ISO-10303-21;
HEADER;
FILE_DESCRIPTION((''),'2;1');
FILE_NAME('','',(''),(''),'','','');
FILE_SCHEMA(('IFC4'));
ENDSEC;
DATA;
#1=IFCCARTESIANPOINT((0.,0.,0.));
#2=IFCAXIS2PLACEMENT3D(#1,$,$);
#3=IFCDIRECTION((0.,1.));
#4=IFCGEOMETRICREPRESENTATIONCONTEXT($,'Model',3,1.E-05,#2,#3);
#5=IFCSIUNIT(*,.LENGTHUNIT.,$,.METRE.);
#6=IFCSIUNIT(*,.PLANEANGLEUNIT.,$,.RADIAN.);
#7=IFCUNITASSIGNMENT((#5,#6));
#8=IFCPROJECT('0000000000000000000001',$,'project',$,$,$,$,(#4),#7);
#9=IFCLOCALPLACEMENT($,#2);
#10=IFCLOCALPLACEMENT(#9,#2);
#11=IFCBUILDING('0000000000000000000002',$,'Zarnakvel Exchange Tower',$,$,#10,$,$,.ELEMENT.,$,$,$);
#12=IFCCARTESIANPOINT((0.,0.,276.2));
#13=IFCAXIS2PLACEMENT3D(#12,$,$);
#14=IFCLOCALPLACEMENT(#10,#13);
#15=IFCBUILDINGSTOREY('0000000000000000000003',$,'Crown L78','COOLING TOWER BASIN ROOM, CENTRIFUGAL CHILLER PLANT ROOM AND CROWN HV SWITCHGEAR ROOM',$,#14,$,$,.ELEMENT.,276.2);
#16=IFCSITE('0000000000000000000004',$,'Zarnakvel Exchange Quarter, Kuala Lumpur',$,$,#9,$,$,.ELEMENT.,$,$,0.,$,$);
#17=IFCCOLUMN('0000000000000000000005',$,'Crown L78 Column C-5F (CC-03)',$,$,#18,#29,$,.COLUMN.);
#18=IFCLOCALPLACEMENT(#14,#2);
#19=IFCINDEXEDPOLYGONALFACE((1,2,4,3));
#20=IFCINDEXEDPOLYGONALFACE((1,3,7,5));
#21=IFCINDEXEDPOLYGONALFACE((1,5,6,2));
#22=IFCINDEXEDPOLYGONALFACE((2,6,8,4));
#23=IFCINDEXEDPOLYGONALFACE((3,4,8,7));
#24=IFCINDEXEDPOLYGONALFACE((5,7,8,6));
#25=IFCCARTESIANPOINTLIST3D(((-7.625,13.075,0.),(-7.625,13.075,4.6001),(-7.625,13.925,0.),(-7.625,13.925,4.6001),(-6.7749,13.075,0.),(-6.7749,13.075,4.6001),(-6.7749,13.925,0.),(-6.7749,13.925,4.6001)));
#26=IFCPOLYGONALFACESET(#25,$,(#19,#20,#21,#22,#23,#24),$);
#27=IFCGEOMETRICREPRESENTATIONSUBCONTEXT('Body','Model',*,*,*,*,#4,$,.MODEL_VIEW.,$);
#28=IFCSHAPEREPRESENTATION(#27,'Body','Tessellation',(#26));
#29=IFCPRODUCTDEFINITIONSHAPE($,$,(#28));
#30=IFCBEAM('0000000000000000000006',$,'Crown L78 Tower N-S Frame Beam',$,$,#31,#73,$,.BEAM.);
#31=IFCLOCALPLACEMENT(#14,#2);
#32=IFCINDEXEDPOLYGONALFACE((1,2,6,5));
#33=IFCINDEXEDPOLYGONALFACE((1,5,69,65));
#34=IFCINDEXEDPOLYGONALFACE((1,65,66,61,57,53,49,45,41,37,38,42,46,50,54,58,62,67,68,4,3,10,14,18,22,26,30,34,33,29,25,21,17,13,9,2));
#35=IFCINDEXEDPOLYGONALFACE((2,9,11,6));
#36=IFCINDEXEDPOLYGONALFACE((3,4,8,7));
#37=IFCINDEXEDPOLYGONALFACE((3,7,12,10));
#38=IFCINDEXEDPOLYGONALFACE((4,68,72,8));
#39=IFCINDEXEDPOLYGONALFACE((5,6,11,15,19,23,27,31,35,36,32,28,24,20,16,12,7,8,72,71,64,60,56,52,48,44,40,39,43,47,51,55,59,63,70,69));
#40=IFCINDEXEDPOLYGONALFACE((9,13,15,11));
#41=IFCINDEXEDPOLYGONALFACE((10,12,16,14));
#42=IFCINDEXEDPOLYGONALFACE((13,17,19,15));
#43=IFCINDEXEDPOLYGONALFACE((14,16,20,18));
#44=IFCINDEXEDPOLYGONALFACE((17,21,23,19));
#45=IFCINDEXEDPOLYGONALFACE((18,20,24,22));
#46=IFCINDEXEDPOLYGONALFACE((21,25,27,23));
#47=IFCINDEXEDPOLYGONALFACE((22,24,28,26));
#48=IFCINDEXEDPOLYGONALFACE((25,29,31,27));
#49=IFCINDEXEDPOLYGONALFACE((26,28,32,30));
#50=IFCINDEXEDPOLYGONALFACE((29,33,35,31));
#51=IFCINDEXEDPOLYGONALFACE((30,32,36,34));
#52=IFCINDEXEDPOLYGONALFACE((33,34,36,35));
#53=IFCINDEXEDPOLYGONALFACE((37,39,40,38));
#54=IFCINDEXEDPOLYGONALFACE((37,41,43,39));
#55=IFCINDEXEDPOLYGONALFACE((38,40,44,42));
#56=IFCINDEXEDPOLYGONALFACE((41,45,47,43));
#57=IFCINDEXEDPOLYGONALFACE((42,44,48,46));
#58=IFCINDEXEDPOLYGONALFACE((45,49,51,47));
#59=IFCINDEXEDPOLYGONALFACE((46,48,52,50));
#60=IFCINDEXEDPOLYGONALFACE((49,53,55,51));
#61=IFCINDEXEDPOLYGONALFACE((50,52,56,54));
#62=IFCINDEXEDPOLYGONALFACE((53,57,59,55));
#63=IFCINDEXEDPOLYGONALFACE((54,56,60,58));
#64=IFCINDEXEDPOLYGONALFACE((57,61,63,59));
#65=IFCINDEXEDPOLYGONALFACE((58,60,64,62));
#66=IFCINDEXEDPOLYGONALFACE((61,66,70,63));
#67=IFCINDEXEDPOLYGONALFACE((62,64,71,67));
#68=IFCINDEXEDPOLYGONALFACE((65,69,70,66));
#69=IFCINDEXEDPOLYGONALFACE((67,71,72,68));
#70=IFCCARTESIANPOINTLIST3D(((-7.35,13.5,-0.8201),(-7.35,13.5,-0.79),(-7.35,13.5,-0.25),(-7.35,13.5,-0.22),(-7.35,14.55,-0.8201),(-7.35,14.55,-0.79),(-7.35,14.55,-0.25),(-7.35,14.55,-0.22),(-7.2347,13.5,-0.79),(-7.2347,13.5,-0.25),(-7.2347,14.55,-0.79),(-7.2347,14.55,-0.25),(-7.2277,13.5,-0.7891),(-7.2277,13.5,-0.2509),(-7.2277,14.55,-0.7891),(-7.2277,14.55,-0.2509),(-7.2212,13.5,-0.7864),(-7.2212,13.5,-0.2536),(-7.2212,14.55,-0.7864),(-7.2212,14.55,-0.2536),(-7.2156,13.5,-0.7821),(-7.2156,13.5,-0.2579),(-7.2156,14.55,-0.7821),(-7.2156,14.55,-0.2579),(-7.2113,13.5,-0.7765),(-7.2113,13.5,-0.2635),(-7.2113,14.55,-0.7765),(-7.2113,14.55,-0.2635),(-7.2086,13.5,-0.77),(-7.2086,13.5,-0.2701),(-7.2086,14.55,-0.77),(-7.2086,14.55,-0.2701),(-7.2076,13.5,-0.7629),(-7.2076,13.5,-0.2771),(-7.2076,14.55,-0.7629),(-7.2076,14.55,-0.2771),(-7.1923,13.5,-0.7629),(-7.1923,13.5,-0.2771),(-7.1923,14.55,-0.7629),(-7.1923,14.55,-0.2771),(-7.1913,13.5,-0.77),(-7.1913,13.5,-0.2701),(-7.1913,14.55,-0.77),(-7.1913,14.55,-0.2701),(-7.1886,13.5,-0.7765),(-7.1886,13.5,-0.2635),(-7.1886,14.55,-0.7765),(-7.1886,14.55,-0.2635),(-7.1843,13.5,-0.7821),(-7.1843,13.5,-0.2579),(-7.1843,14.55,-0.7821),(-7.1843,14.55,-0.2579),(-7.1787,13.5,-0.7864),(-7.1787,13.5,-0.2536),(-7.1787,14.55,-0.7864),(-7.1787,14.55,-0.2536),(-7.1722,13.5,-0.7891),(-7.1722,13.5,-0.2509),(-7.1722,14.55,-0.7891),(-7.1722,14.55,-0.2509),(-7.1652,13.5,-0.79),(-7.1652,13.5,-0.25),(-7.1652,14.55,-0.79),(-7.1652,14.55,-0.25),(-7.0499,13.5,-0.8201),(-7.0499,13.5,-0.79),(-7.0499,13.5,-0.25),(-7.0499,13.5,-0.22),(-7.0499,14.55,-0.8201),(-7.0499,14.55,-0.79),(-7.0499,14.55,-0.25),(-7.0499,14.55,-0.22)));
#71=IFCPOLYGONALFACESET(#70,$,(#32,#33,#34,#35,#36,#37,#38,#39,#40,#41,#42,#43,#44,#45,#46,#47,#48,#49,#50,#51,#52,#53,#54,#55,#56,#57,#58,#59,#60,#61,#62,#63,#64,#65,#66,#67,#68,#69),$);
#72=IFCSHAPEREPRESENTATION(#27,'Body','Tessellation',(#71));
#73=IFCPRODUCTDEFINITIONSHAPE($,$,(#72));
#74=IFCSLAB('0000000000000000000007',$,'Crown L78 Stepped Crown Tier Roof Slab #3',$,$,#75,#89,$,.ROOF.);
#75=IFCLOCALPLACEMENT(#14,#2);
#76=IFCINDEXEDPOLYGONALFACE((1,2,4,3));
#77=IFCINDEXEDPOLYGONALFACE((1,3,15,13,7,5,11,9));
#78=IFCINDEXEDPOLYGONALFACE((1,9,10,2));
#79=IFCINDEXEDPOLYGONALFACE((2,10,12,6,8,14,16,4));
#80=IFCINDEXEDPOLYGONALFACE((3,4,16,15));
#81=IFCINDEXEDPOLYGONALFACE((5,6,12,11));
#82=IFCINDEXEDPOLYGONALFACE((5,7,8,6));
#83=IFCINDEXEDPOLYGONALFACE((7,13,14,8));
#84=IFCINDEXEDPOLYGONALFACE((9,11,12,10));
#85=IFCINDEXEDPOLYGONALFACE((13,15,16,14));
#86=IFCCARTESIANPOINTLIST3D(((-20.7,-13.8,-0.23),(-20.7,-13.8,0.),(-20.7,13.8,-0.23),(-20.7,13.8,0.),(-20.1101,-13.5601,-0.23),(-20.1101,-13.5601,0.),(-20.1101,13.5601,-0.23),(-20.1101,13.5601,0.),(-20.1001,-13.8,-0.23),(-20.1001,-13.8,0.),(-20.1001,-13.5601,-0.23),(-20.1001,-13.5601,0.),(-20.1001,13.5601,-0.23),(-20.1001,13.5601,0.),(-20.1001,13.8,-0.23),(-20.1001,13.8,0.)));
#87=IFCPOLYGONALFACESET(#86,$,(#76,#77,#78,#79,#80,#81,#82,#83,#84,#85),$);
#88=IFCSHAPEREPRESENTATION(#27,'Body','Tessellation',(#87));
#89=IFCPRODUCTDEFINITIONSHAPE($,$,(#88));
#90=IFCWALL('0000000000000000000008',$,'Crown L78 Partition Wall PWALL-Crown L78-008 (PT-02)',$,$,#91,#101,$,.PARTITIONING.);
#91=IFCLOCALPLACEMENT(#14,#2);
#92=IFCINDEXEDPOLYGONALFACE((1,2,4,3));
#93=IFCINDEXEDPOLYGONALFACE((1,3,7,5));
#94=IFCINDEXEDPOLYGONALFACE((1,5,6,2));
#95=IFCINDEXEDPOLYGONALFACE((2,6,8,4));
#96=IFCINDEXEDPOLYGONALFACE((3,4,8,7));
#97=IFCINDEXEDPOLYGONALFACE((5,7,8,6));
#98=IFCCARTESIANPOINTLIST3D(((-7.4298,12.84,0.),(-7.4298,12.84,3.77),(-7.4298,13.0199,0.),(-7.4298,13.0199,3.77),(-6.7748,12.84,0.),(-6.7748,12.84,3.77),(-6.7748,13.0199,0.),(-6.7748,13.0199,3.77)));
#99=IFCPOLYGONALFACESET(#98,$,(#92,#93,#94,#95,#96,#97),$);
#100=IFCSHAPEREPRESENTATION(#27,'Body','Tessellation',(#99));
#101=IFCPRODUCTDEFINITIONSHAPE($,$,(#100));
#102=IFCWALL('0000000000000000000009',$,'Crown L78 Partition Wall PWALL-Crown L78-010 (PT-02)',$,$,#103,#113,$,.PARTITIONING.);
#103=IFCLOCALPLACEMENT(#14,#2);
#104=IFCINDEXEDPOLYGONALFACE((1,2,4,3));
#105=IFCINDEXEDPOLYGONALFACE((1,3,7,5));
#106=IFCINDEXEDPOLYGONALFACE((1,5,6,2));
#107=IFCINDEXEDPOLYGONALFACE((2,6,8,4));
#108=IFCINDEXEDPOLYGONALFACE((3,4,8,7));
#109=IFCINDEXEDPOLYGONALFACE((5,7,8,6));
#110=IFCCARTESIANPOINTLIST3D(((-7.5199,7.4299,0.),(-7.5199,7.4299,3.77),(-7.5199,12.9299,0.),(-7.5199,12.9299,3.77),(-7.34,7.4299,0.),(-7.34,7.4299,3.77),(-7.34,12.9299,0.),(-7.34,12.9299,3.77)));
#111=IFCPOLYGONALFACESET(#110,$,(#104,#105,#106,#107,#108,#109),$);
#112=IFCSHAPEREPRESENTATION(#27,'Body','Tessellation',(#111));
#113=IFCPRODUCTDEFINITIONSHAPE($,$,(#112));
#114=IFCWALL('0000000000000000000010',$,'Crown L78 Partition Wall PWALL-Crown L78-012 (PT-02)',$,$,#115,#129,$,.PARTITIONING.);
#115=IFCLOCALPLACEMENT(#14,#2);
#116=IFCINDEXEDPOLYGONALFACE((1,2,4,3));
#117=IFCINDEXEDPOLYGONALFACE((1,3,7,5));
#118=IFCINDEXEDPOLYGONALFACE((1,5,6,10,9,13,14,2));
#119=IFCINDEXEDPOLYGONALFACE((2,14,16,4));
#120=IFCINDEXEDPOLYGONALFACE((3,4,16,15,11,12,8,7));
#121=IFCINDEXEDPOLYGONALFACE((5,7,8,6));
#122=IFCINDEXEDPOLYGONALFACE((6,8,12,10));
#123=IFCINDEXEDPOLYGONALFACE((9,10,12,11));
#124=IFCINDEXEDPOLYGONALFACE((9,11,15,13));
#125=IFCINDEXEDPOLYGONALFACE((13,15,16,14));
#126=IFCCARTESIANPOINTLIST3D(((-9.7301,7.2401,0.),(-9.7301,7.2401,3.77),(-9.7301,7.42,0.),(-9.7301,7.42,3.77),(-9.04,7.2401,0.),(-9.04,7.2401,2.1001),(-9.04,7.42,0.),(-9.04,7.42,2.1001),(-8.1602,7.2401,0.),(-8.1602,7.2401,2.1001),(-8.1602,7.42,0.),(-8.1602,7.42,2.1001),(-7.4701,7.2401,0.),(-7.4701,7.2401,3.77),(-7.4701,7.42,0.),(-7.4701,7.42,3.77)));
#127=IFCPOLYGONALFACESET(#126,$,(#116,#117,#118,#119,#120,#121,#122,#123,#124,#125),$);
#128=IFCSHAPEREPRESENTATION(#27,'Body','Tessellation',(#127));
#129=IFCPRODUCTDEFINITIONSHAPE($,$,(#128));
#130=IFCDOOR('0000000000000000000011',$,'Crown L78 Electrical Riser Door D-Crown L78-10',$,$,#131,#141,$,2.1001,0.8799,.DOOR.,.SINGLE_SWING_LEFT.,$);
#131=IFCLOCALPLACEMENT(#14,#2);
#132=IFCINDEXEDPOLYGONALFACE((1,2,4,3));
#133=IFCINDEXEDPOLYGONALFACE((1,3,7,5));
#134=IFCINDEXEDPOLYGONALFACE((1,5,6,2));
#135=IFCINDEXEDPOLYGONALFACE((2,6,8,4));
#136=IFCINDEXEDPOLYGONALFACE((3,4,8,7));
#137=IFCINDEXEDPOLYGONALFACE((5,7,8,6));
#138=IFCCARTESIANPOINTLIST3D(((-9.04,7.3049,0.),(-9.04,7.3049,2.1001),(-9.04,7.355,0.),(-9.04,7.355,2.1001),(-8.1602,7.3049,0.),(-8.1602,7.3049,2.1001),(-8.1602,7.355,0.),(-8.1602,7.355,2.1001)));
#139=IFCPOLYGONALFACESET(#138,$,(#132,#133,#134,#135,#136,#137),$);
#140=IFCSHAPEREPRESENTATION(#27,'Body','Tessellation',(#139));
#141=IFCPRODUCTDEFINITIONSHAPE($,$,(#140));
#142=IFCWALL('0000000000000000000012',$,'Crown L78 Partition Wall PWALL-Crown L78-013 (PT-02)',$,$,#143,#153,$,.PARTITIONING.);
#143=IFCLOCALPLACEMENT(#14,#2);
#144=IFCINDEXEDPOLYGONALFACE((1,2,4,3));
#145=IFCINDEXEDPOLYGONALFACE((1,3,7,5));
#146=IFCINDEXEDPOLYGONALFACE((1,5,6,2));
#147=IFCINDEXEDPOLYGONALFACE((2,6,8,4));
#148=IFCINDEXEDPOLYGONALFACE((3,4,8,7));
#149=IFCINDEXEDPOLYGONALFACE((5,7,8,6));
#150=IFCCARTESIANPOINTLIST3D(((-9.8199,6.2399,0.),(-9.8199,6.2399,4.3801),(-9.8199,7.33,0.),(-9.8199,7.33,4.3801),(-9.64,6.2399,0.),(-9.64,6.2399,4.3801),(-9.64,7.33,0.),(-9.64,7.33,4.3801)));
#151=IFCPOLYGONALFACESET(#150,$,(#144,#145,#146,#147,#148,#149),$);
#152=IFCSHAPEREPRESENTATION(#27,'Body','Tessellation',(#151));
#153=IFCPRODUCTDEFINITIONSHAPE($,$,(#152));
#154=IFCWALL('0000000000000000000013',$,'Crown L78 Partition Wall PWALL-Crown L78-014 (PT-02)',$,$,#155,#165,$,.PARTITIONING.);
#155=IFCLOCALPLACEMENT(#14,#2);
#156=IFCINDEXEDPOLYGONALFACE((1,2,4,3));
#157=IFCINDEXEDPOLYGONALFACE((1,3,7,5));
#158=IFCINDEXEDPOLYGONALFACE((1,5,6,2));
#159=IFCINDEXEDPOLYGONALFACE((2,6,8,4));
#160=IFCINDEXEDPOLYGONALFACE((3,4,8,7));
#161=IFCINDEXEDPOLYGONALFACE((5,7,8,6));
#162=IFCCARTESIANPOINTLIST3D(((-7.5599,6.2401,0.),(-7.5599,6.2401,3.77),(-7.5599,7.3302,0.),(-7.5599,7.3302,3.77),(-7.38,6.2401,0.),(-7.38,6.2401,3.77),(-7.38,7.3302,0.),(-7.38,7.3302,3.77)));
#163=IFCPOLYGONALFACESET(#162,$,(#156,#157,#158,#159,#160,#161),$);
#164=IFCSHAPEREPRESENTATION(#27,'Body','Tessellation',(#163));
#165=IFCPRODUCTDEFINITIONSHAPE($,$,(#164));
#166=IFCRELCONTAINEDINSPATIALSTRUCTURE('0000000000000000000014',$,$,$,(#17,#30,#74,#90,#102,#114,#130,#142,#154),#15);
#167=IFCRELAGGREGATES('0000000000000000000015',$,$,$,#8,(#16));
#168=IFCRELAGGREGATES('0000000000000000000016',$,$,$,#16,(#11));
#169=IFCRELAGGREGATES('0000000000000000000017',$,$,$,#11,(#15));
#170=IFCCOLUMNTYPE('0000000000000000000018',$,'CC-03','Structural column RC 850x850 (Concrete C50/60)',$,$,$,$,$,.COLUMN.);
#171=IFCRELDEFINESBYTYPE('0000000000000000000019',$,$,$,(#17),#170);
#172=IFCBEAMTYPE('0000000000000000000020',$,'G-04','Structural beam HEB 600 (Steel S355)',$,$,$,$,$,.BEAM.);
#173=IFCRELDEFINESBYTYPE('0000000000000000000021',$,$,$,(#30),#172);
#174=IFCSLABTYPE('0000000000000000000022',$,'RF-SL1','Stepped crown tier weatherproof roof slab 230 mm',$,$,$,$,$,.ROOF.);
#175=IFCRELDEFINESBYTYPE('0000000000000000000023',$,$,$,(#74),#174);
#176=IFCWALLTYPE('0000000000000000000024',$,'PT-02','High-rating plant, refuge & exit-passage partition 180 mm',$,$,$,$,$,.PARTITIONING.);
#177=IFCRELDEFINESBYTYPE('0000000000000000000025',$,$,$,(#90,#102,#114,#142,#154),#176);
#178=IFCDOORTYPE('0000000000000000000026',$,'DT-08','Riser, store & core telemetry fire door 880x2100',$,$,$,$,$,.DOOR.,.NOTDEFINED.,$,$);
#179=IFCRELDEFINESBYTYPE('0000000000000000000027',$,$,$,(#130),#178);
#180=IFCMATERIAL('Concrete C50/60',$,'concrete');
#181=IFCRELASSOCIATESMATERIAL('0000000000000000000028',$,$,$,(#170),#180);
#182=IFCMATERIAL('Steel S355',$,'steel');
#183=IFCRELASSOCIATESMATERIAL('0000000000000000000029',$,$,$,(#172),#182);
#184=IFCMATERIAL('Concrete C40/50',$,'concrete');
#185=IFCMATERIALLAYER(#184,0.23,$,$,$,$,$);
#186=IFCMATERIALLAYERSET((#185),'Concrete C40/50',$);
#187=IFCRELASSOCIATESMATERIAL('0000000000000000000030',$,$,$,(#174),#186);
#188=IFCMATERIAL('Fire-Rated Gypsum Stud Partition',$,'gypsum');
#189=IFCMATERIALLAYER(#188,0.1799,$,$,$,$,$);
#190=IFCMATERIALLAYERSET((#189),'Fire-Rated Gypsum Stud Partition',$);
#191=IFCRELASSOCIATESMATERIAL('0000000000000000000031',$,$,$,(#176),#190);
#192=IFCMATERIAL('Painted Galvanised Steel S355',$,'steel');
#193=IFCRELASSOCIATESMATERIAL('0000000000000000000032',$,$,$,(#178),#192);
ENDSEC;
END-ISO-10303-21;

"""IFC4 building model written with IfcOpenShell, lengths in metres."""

from ifc_helpers import new_model, si_unit, direction, frame, frame_2d, origin, origin_2d, place, context, subcontext, project, spatial, polyline, rectangle, i_section, outline, extrude, source, transform, mapped, material, layer, layer_set, material_profile, profile_set, type_object, element, fill, save


model = new_model("IFC4")

# Units and contexts
model_context = context("Model", 3, precision=1e-05, world=origin(), true_north=direction((0.0, 1.0)))
body_context = subcontext(model_context, "Body", "Model", "MODEL_VIEW")
ifc_project = project(units=[si_unit("LENGTHUNIT", "METRE"), si_unit("PLANEANGLEUNIT", "RADIAN")], contexts=[model_context])

# Site, building, storey
site_placement = place(None, origin())
site = spatial("IfcSite", under=ifc_project, at=site_placement, Name="Zarnakvel Exchange Quarter, Kuala Lumpur", CompositionType="ELEMENT", RefElevation=0.0)
building_placement = place(site_placement, origin())
building = spatial("IfcBuilding", under=site, at=building_placement, Name="Zarnakvel Exchange Tower", CompositionType="ELEMENT")
storey_placement = place(building_placement, frame((0.0, 0.0, 276.2)))
storey = spatial("IfcBuildingStorey", under=building, at=storey_placement, Name="Crown L78", Description="COOLING TOWER BASIN ROOM, CENTRIFUGAL CHILLER PLANT ROOM AND CROWN HV SWITCHGEAR ROOM", CompositionType="ELEMENT", Elevation=276.2)

# Column
ifc_material_1 = material(Name="Concrete C50/60", Category="concrete")
ifc_material_profile_1 = material_profile(ifc_material_1, rectangle(XDim=0.8501, YDim=0.8501, at=origin_2d()))
ifc_profile_set_1 = profile_set([ifc_material_profile_1], Name="Concrete C50/60")
column_type = type_object("IfcColumnType", Name="CC-03", Description="Structural column RC 850x850 (Concrete C50/60)", PredefinedType="COLUMN", material=ifc_profile_set_1)
column_placement = place(storey_placement, frame((-7.2, 13.5, 0.0), z_axis=(0.0, 0.0, 1.0), x_axis=(1.0, 0.0, 0.0)))
element("IfcColumn", 1, at=column_placement, inside=storey, type_object=column_type, Name="Crown L78 Column C-5F (CC-03)", PredefinedType="COLUMN", context=body_context, shape_type="SweptSolid", body=[
    extrude(rectangle(XDim=0.8501, YDim=0.8501, at=origin_2d()), origin(), (0.0, 0.0, 1.0), 4.6001),
])

# Beam
ifc_material_2 = material(Name="Steel S355", Category="steel")
ifc_material_profile_2 = material_profile(ifc_material_2, i_section(OverallWidth=0.3, OverallDepth=0.6001, WebThickness=0.0154, FlangeThickness=0.03, FilletRadius=0.0271, at=origin_2d()))
ifc_profile_set_2 = profile_set([ifc_material_profile_2], Name="Steel S355")
beam_type = type_object("IfcBeamType", Name="G-04", Description="Structural beam HEB 600 (Steel S355)", PredefinedType="BEAM", material=ifc_profile_set_2)
beam_placement = place(storey_placement, frame((-7.2, 13.5, -0.52), z_axis=(0.0, 1.0, 0.0), x_axis=(-1.0, 0.0, 0.0)))
element("IfcBeam", 2, at=beam_placement, inside=storey, type_object=beam_type, Name="Crown L78 Tower N-S Frame Beam", PredefinedType="BEAM", context=body_context, shape_type="SweptSolid", body=[
    extrude(i_section(OverallWidth=0.3, OverallDepth=0.6001, WebThickness=0.0154, FlangeThickness=0.03, FilletRadius=0.0271, at=origin_2d()), origin(), (0.0, 0.0, 1.0), 1.05),
])

# Slab
ifc_material_3 = material(Name="Concrete C40/50", Category="concrete")
ifc_layer_1 = layer(ifc_material_3, 0.23)
ifc_layer_set_1 = layer_set([ifc_layer_1], Name="Concrete C40/50")
slab_type = type_object("IfcSlabType", Name="RF-SL1", Description="Stepped crown tier weatherproof roof slab 230 mm", PredefinedType="ROOF", material=ifc_layer_set_1)
slab_placement = place(storey_placement, frame((0.0, 0.0, -0.23)))
element("IfcSlab", 3, at=slab_placement, inside=storey, type_object=slab_type, Name="Crown L78 Stepped Crown Tier Roof Slab #3", PredefinedType="ROOF", context=body_context, shape_type="SweptSolid", body=[
    extrude(outline(polyline([(-20.1001, 13.8), (-20.1001, 13.5601), (-20.1101, 13.5601), (-20.1101, -13.5601), (-20.1001, -13.5601), (-20.1001, -13.8), (-20.7, -13.8), (-20.7, 13.8), (-20.1001, 13.8)])), origin(), (0.0, 0.0, 1.0), 0.23),
])

# Walls
ifc_material_4 = material(Name="Fire-Rated Gypsum Stud Partition", Category="gypsum")
ifc_layer_2 = layer(ifc_material_4, 0.1799)
ifc_layer_set_2 = layer_set([ifc_layer_2], Name="Fire-Rated Gypsum Stud Partition")
wall_type_1 = type_object("IfcWallType", Name="PT-02", Description="High-rating plant, refuge & exit-passage partition 180 mm", PredefinedType="PARTITIONING", material=ifc_layer_set_2)
wall_1_placement = place(storey_placement, frame((-7.4299, 12.9299, 0.0), z_axis=(0.0, 0.0, 1.0), x_axis=(1.0, 0.0, 0.0)))
element("IfcWall", 4, at=wall_1_placement, inside=storey, type_object=wall_type_1, Name="Crown L78 Partition Wall PWALL-Crown L78-008 (PT-02)", PredefinedType="PARTITIONING", context=body_context, shape_type="SweptSolid", body=[
    extrude(rectangle(XDim=0.655, YDim=0.1799, at=frame_2d((0.3276, 0.0))), origin(), (0.0, 0.0, 1.0), 3.77),
])
wall_2_placement = place(storey_placement, frame((-7.4299, 7.4299, 0.0), z_axis=(0.0, 0.0, 1.0), x_axis=(0.0, 1.0, 0.0)))
element("IfcWall", 5, at=wall_2_placement, inside=storey, type_object=wall_type_1, Name="Crown L78 Partition Wall PWALL-Crown L78-010 (PT-02)", PredefinedType="PARTITIONING", context=body_context, shape_type="SweptSolid", body=[
    extrude(rectangle(XDim=5.5, YDim=0.1799, at=frame_2d((2.75, 0.0))), origin(), (0.0, 0.0, 1.0), 3.77),
])

# Wall, opening, door
wall_3_placement = place(storey_placement, frame((-9.73, 7.3301, 0.0), z_axis=(0.0, 0.0, 1.0), x_axis=(1.0, 0.0, 0.0)))
wall_3 = element("IfcWall", 6, at=wall_3_placement, inside=storey, type_object=wall_type_1, Name="Crown L78 Partition Wall PWALL-Crown L78-012 (PT-02)", PredefinedType="PARTITIONING", context=body_context, shape_type="SweptSolid", body=[
    extrude(rectangle(XDim=2.26, YDim=0.1799, at=frame_2d((1.1299, 0.0))), origin(), (0.0, 0.0, 1.0), 3.77),
])
opening_1_placement = place(wall_3_placement, frame((0.6899, 0.0, 0.0)))
opening_1 = element("IfcOpeningElement", 7, at=opening_1_placement, cuts=wall_3, PredefinedType="OPENING", context=body_context, shape_type="SweptSolid", body=[
    extrude(rectangle(XDim=0.8799, YDim=2.1001, at=frame_2d((0.4399, 1.05))), frame((0.0, 0.0999, 0.0), z_axis=(0.0, -1.0, 0.0), x_axis=(1.0, 0.0, 0.0)), (0.0, 0.0, 1.0), 0.2),
])
ifc_material_5 = material(Name="Painted Galvanised Steel S355", Category="steel")
door_type_1 = type_object("IfcDoorType", Name="DT-08", Description="Riser, store & core telemetry fire door 880x2100", OperationType="NOTDEFINED", PredefinedType="DOOR", material=ifc_material_5)
shared_shape_1 = source(origin(), body_context, "Body", "SweptSolid", [
    extrude(rectangle(XDim=0.8799, YDim=2.1001, at=frame_2d((0.4399, 1.05))), frame((0.0, 0.0249, 0.0), z_axis=(0.0, -1.0, 0.0), x_axis=(1.0, 0.0, 0.0)), (0.0, 0.0, 1.0), 0.05),
])
door_1_placement = place(opening_1_placement, origin())
door_1 = element("IfcDoor", 8, at=door_1_placement, inside=storey, type_object=door_type_1, Name="Crown L78 Electrical Riser Door D-Crown L78-10", OperationType="SINGLE_SWING_LEFT", OverallHeight=2.1001, OverallWidth=0.8799, PredefinedType="DOOR", context=body_context, shape_type="MappedRepresentation", body=[
    mapped(shared_shape_1, transform((0.0, 0.0, 0.0), x_axis=(1.0, 0.0, 0.0), y_axis=(0.0, 1.0, 0.0), z_axis=(0.0, 0.0, 1.0), scale=1.0)),
])
fill(opening_1, door_1)

# Walls
wall_4_placement = place(storey_placement, frame((-9.73, 6.24, 0.0), z_axis=(0.0, 0.0, 1.0), x_axis=(0.0, 1.0, 0.0)))
element("IfcWall", 9, at=wall_4_placement, inside=storey, type_object=wall_type_1, Name="Crown L78 Partition Wall PWALL-Crown L78-013 (PT-02)", PredefinedType="PARTITIONING", context=body_context, shape_type="SweptSolid", body=[
    extrude(rectangle(XDim=1.0901, YDim=0.1799, at=frame_2d((0.5449, 0.0))), origin(), (0.0, 0.0, 1.0), 4.3801),
])
wall_5_placement = place(storey_placement, frame((-7.47, 7.3301, 0.0), z_axis=(0.0, 0.0, 1.0), x_axis=(0.0, -1.0, 0.0)))
element("IfcWall", 10, at=wall_5_placement, inside=storey, type_object=wall_type_1, Name="Crown L78 Partition Wall PWALL-Crown L78-014 (PT-02)", PredefinedType="PARTITIONING", context=body_context, shape_type="SweptSolid", body=[
    extrude(rectangle(XDim=1.0901, YDim=0.1799, at=frame_2d((0.5449, 0.0))), origin(), (0.0, 0.0, 1.0), 3.77),
])

save(model, "model.ifc")
